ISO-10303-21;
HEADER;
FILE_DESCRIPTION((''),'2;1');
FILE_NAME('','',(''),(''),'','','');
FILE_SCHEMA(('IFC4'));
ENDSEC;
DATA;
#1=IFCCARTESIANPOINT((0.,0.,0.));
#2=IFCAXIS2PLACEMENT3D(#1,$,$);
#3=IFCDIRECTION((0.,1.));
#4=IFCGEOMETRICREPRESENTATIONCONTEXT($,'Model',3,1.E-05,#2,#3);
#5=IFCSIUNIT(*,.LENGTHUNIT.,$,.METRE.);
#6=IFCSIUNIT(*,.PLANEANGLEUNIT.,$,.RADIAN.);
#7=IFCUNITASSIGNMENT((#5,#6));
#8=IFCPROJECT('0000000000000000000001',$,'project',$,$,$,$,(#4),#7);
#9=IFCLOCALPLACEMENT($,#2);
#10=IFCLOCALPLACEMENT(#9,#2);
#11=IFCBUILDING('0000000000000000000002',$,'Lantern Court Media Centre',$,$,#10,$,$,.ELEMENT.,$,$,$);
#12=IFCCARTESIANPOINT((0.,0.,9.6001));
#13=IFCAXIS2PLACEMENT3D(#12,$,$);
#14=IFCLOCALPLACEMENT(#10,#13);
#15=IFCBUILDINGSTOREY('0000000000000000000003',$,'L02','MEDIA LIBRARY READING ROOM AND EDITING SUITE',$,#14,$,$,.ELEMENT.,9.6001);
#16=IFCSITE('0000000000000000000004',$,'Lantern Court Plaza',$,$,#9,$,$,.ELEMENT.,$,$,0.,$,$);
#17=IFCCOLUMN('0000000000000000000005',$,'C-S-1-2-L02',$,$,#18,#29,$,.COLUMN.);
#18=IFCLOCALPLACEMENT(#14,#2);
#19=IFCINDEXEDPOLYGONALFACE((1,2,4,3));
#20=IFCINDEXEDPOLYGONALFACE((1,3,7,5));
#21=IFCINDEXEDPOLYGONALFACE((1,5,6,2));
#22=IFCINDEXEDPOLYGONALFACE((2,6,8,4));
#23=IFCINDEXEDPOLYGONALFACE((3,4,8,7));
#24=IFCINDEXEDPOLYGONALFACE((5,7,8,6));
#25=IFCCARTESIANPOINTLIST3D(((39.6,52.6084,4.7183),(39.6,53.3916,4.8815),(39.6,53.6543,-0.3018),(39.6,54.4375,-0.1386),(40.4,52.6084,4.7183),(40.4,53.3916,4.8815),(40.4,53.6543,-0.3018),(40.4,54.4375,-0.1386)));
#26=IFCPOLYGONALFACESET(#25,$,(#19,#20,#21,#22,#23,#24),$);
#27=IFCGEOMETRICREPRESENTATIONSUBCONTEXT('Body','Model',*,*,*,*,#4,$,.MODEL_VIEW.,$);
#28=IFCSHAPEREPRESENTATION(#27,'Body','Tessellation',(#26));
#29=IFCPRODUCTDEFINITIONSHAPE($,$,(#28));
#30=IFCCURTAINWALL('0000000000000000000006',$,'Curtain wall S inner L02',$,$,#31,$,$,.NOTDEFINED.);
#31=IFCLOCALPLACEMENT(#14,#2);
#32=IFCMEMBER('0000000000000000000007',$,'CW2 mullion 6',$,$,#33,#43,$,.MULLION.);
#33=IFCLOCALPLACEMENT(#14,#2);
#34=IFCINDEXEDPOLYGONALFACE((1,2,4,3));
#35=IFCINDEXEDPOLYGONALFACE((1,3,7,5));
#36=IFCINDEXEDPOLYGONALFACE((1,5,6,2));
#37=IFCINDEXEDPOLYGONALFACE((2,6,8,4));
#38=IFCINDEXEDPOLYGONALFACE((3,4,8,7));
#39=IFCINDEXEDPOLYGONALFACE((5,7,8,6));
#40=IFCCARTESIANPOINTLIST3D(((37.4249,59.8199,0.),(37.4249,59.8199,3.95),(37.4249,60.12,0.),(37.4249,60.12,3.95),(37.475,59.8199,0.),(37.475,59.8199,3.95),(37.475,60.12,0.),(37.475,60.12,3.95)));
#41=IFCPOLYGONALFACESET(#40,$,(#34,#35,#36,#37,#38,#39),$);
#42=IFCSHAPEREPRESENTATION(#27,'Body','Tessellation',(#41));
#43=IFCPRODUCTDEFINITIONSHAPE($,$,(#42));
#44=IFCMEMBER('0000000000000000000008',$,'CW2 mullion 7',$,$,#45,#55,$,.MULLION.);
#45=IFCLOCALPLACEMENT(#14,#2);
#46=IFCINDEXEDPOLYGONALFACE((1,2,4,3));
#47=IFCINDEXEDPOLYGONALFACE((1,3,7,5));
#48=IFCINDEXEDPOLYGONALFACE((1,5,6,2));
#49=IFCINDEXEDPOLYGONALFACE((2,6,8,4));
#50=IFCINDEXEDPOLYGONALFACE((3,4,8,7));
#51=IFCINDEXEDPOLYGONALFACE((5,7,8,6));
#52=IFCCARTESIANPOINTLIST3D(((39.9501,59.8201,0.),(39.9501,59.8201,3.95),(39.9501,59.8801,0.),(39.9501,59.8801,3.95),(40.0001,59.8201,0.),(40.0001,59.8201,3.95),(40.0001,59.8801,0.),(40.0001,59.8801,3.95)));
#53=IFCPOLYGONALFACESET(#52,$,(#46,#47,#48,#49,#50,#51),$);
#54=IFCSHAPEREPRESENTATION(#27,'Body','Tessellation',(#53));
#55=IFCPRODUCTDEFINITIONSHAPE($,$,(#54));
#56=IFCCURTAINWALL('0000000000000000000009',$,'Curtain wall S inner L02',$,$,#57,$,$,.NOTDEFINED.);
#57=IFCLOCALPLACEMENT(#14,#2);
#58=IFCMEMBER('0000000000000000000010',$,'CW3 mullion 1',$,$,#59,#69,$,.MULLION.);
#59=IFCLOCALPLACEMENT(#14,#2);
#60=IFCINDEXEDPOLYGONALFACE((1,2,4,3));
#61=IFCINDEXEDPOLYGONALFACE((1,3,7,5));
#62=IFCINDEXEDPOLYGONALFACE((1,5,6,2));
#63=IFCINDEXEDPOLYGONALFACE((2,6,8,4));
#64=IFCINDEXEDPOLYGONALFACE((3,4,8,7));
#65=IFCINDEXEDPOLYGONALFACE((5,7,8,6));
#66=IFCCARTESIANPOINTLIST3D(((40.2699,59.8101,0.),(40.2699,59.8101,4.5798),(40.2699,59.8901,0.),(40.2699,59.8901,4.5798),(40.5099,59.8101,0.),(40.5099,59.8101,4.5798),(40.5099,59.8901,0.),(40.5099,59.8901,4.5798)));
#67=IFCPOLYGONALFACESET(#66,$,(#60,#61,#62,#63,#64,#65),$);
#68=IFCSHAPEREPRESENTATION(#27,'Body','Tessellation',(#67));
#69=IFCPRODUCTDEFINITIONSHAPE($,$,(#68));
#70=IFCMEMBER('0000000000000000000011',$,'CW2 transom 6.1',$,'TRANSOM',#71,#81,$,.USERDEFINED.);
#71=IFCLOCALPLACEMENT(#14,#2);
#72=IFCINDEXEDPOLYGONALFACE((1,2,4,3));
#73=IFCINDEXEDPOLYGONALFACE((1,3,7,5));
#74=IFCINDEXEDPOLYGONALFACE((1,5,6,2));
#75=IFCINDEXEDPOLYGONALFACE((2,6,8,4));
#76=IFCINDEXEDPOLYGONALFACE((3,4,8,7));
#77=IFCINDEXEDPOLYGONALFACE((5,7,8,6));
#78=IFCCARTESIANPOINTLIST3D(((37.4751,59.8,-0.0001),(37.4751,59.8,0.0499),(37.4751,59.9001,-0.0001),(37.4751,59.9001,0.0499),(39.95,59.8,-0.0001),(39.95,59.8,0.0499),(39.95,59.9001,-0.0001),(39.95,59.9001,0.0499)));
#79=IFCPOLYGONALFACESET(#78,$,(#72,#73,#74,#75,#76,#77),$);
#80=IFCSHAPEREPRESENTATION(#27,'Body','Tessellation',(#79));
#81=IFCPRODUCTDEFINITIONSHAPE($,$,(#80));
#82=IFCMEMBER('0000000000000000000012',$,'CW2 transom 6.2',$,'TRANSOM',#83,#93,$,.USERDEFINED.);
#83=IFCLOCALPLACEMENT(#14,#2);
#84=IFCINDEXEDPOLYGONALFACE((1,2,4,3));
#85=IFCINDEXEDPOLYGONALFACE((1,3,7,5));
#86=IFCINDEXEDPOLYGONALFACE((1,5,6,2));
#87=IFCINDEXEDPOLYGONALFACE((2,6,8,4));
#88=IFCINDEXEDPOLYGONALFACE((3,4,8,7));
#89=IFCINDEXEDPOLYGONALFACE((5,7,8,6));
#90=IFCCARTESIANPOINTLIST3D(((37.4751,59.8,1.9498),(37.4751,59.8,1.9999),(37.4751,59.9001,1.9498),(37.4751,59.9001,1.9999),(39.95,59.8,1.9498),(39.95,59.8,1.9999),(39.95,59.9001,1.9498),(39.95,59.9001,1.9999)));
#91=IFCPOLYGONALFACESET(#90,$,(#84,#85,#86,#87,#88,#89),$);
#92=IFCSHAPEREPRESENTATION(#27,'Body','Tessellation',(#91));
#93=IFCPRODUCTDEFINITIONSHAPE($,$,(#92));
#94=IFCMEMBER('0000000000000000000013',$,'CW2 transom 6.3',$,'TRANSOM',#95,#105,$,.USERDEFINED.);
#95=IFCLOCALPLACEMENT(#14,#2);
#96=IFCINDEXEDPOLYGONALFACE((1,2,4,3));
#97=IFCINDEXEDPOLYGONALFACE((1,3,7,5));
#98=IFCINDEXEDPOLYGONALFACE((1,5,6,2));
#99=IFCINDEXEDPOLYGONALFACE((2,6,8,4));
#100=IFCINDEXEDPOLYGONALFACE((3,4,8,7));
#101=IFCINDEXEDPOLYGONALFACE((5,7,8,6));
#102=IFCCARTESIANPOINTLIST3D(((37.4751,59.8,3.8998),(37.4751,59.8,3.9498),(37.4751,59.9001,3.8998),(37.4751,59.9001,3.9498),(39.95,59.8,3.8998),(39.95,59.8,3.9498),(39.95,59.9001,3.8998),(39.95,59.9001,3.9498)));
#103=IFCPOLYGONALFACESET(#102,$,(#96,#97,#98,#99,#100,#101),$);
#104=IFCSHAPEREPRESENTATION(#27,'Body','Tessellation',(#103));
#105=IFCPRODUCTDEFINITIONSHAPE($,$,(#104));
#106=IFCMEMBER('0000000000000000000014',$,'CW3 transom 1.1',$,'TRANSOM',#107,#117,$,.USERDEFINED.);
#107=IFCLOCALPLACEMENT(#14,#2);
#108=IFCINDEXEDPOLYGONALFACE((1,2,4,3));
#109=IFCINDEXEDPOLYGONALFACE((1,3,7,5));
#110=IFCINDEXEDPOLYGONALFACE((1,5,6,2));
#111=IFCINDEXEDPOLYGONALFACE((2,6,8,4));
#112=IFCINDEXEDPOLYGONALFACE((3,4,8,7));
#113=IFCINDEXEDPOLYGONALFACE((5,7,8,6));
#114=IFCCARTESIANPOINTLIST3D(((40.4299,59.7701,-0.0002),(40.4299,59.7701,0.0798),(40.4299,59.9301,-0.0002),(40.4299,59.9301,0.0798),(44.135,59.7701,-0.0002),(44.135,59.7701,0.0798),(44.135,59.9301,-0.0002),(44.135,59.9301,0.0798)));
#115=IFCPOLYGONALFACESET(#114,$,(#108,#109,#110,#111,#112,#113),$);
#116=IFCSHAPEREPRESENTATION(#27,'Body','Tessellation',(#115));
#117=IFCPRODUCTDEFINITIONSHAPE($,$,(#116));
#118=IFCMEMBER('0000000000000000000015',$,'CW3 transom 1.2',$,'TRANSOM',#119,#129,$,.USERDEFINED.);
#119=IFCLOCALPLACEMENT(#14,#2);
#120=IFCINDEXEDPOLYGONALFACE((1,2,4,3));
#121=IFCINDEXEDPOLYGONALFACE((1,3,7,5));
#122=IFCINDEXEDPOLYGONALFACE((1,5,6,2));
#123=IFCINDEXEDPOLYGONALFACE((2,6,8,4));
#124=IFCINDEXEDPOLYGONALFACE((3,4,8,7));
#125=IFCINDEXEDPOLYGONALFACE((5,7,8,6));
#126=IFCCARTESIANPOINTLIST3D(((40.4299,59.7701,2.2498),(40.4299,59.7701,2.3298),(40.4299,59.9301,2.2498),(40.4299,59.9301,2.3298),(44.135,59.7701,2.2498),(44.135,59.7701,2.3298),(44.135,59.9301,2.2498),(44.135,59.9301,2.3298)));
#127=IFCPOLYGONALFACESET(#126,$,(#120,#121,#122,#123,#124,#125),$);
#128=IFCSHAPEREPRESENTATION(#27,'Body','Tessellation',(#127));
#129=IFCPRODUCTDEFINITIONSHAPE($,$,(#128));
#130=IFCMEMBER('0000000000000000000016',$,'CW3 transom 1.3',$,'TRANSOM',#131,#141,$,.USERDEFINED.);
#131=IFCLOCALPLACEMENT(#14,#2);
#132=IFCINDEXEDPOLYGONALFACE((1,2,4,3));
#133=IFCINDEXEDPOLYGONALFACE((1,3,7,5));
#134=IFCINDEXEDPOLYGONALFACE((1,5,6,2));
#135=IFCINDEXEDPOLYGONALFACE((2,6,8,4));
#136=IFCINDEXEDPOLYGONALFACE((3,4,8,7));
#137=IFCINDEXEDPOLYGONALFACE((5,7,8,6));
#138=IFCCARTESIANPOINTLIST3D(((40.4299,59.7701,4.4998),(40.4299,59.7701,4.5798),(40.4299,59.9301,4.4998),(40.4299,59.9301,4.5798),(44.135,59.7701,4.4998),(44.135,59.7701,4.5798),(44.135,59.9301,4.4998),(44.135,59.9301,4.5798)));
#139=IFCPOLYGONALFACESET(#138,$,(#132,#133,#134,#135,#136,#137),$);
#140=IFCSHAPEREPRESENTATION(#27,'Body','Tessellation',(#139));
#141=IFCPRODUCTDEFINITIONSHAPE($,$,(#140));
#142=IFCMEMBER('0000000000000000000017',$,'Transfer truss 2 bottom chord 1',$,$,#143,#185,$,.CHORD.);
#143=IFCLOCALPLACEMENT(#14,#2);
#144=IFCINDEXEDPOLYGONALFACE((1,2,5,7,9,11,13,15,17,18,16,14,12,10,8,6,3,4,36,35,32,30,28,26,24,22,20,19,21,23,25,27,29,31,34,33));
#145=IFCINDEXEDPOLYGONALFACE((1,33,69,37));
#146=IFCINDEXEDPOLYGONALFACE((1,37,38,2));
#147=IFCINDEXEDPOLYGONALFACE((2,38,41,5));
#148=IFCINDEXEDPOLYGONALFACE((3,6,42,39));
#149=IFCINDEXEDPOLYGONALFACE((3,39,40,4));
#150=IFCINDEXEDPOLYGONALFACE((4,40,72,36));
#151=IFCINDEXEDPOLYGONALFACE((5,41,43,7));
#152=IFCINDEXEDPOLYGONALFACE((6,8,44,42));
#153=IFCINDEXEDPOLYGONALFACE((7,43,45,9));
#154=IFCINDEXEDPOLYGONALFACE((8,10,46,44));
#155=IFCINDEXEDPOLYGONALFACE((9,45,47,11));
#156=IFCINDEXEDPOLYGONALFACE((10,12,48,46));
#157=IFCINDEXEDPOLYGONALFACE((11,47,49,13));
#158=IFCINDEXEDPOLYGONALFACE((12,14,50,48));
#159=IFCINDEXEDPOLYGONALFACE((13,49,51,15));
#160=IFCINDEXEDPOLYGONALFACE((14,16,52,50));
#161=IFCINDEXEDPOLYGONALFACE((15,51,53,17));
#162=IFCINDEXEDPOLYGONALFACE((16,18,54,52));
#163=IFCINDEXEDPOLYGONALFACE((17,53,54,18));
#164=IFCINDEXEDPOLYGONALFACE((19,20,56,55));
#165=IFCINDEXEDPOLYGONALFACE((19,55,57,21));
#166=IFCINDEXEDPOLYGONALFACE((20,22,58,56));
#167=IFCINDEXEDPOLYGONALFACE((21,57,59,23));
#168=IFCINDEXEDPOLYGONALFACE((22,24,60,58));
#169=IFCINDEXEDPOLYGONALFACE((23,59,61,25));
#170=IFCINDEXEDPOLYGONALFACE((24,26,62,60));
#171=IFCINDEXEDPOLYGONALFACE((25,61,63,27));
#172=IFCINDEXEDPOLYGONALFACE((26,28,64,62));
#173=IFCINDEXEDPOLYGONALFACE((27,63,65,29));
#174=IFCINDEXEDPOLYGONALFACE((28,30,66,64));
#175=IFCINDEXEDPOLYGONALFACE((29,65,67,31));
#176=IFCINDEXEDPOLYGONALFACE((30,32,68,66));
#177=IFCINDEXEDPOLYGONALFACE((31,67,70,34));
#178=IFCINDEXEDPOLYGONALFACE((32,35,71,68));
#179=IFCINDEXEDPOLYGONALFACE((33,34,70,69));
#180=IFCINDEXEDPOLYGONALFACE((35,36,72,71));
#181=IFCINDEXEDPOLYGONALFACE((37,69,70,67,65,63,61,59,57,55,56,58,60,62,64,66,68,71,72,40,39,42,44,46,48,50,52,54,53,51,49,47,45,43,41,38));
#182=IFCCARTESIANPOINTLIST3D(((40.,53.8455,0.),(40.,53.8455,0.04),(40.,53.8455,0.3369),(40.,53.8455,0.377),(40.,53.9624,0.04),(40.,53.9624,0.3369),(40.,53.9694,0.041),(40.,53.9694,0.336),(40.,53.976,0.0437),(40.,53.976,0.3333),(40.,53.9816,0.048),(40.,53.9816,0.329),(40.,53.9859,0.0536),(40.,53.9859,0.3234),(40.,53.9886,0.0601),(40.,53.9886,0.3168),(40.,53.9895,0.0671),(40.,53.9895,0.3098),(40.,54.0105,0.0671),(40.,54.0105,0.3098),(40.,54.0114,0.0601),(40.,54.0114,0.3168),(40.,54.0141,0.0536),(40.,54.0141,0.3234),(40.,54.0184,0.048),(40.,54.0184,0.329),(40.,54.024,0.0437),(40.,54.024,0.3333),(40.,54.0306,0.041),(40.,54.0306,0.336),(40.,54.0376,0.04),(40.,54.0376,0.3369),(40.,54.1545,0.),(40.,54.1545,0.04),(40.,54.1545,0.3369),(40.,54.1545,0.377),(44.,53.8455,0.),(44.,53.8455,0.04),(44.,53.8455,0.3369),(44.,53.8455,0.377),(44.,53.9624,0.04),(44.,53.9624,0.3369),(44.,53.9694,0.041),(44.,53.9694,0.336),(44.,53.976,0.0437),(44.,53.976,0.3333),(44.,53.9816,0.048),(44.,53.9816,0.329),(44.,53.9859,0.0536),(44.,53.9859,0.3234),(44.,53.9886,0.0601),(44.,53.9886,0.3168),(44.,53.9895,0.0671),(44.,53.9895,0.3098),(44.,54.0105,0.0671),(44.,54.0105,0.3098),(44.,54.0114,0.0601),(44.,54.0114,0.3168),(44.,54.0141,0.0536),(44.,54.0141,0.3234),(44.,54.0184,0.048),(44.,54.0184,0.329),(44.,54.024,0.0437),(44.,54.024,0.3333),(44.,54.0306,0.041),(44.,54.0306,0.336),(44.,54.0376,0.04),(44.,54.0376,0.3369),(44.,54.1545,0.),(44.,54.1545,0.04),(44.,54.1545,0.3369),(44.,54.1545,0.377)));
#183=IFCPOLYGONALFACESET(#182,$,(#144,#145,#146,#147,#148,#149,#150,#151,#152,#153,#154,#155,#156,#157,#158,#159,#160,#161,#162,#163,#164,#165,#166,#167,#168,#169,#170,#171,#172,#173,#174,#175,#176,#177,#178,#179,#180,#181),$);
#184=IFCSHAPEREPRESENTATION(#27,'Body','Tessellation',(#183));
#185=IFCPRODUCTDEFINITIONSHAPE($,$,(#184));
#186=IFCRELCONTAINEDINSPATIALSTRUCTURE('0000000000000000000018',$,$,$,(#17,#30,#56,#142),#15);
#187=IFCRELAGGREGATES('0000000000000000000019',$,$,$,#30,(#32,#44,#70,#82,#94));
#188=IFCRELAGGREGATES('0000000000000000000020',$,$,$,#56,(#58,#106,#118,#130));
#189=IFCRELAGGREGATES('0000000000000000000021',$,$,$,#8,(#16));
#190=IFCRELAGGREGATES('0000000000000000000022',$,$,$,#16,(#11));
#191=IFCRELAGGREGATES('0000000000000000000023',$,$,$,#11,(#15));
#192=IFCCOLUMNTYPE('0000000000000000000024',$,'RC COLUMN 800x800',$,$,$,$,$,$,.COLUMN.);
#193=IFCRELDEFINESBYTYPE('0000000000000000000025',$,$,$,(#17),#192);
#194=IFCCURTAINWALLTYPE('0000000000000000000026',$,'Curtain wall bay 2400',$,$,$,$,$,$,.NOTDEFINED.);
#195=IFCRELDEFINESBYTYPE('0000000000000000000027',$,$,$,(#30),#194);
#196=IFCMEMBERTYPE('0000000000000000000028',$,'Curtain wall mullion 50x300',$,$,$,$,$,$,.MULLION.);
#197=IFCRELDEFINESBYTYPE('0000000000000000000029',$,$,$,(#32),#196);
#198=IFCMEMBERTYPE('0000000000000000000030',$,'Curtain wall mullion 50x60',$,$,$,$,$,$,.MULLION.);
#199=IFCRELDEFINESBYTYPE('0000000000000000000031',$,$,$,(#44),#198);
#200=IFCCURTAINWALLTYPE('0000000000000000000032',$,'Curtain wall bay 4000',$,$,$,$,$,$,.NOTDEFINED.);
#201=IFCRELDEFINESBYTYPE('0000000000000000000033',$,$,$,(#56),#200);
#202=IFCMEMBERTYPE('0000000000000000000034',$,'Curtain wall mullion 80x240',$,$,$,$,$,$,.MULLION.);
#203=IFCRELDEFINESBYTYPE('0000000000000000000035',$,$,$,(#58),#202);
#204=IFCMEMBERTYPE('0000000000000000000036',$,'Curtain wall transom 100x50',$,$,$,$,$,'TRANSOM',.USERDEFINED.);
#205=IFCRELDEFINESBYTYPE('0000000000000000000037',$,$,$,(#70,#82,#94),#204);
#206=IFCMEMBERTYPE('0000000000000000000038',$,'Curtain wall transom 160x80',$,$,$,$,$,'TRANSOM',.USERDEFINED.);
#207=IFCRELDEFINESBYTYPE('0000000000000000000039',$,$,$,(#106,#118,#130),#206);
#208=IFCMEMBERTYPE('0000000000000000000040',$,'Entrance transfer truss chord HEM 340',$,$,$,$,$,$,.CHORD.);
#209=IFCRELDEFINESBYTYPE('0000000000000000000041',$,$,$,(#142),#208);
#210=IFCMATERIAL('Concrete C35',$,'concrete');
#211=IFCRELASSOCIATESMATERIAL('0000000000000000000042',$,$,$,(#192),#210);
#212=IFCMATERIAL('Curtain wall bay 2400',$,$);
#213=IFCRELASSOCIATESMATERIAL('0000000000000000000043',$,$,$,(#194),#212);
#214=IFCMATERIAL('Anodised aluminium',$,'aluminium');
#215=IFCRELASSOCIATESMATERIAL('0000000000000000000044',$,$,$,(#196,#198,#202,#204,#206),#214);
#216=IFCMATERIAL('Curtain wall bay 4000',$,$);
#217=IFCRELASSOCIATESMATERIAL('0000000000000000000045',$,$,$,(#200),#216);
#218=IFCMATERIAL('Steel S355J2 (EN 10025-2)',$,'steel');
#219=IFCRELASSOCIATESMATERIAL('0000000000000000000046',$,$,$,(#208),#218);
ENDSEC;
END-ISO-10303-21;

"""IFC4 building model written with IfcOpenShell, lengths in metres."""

from ifc_helpers import new_model, si_unit, direction, frame, origin, origin_2d, place, context, subcontext, project, spatial, rectangle, i_section, extrude, material, material_profile, profile_set, type_object, element, aggregate, save


model = new_model("IFC4")

# Units and contexts
model_context = context("Model", 3, precision=1e-05, world=origin(), true_north=direction((0.0, 1.0)))
body_context = subcontext(model_context, "Body", "Model", "MODEL_VIEW")
ifc_project = project(units=[si_unit("LENGTHUNIT", "METRE"), si_unit("PLANEANGLEUNIT", "RADIAN")], contexts=[model_context])

# Site, building, storey
site_placement = place(None, origin())
site = spatial("IfcSite", under=ifc_project, at=site_placement, Name="Lantern Court Plaza", CompositionType="ELEMENT", RefElevation=0.0)
building_placement = place(site_placement, origin())
building = spatial("IfcBuilding", under=site, at=building_placement, Name="Lantern Court Media Centre", CompositionType="ELEMENT")
storey_placement = place(building_placement, frame((0.0, 0.0, 9.6001)))
storey = spatial("IfcBuildingStorey", under=building, at=storey_placement, Name="L02", Description="MEDIA LIBRARY READING ROOM AND EDITING SUITE", CompositionType="ELEMENT", Elevation=9.6001)

# Column
ifc_material_1 = material(Name="Concrete C35", Category="concrete")
ifc_material_profile_1 = material_profile(ifc_material_1, rectangle(XDim=0.8, YDim=0.8, at=origin_2d()), Name="RC 800x800")
ifc_profile_set_1 = profile_set([ifc_material_profile_1], Name="Concrete C35")
column_type = type_object("IfcColumnType", Name="RC COLUMN 800x800", PredefinedType="COLUMN", material=ifc_profile_set_1)
column_placement = place(storey_placement, frame((40.0, 54.0459, -0.2202), z_axis=(0.0, -0.203966, 0.978978), x_axis=(1.0, 0.0, 0.0)))
element("IfcColumn", 1, at=column_placement, inside=storey, type_object=column_type, Name="C-S-1-2-L02", PredefinedType="COLUMN", context=body_context, shape_type="SweptSolid", body=[
    extrude(rectangle(XDim=0.8, YDim=0.8, at=origin_2d()), origin(), (0.0, 0.0, 1.0), 5.1279),
])

# Curtain wall, members
ifc_material_2 = material(Name="Curtain wall bay 2400")
curtain_wall_type_1 = type_object("IfcCurtainWallType", Name="Curtain wall bay 2400", PredefinedType="NOTDEFINED", material=ifc_material_2)
curtain_wall_1_placement = place(storey_placement, origin())
curtain_wall_1 = element("IfcCurtainWall", 2, at=curtain_wall_1_placement, inside=storey, type_object=curtain_wall_type_1, Name="Curtain wall S inner L02", PredefinedType="NOTDEFINED")
ifc_material_3 = material(Name="Anodised aluminium", Category="aluminium")
ifc_material_profile_2 = material_profile(ifc_material_3, rectangle(XDim=0.3, YDim=0.05, at=origin_2d()), Name="AL 50x300")
ifc_profile_set_2 = profile_set([ifc_material_profile_2], Name="Anodised aluminium")
member_type_1 = type_object("IfcMemberType", Name="Curtain wall mullion 50x300", PredefinedType="MULLION", material=ifc_profile_set_2)
member_1_placement = place(storey_placement, frame((37.45, 59.97, 0.0), z_axis=(0.0, 0.0, 1.0), x_axis=(0.0, 1.0, 0.0)))
member_1 = element("IfcMember", 3, at=member_1_placement, type_object=member_type_1, Name="CW2 mullion 6", PredefinedType="MULLION", context=body_context, shape_type="SweptSolid", body=[
    extrude(rectangle(XDim=0.3, YDim=0.05, at=origin_2d()), origin(), (0.0, 0.0, 1.0), 3.95),
])
ifc_material_profile_3 = material_profile(ifc_material_3, rectangle(XDim=0.0601, YDim=0.05, at=origin_2d()), Name="AL 50x60")
ifc_profile_set_3 = profile_set([ifc_material_profile_3], Name="Anodised aluminium")
member_type_2 = type_object("IfcMemberType", Name="Curtain wall mullion 50x60", PredefinedType="MULLION", material=ifc_profile_set_3)
member_2_placement = place(storey_placement, frame((39.9751, 59.8501, 0.0), z_axis=(0.0, 0.0, 1.0), x_axis=(0.0, 1.0, 0.0)))
member_2 = element("IfcMember", 4, at=member_2_placement, type_object=member_type_2, Name="CW2 mullion 7", PredefinedType="MULLION", context=body_context, shape_type="SweptSolid", body=[
    extrude(rectangle(XDim=0.0601, YDim=0.05, at=origin_2d()), origin(), (0.0, 0.0, 1.0), 3.95),
])

# Curtain wall, member
ifc_material_4 = material(Name="Curtain wall bay 4000")
curtain_wall_type_2 = type_object("IfcCurtainWallType", Name="Curtain wall bay 4000", PredefinedType="NOTDEFINED", material=ifc_material_4)
curtain_wall_2_placement = place(storey_placement, origin())
curtain_wall_2 = element("IfcCurtainWall", 5, at=curtain_wall_2_placement, inside=storey, type_object=curtain_wall_type_2, Name="Curtain wall S inner L02", PredefinedType="NOTDEFINED")
ifc_material_profile_4 = material_profile(ifc_material_3, rectangle(XDim=0.0801, YDim=0.24, at=origin_2d()), Name="AL 80x240")
ifc_profile_set_4 = profile_set([ifc_material_profile_4], Name="Anodised aluminium")
member_type_3 = type_object("IfcMemberType", Name="Curtain wall mullion 80x240", PredefinedType="MULLION", material=ifc_profile_set_4)
member_3_placement = place(storey_placement, frame((40.3899, 59.8501, 0.0), z_axis=(0.0, 0.0, 1.0), x_axis=(0.0, 1.0, 0.0)))
member_3 = element("IfcMember", 6, at=member_3_placement, type_object=member_type_3, Name="CW3 mullion 1", PredefinedType="MULLION", context=body_context, shape_type="SweptSolid", body=[
    extrude(rectangle(XDim=0.0801, YDim=0.24, at=origin_2d()), origin(), (0.0, 0.0, 1.0), 4.5798),
])

# Members
ifc_material_profile_5 = material_profile(ifc_material_3, rectangle(XDim=0.1001, YDim=0.05, at=origin_2d()), Name="AL 50x100")
ifc_profile_set_5 = profile_set([ifc_material_profile_5], Name="Anodised aluminium")
member_type_4 = type_object("IfcMemberType", Name="Curtain wall transom 100x50", ElementType="TRANSOM", PredefinedType="USERDEFINED", material=ifc_profile_set_5)
member_4_placement = place(storey_placement, frame((37.4751, 59.8501, 0.0249), z_axis=(1.0, 0.0, 0.0), x_axis=(0.0, 1.0, 0.0)))
member_4 = element("IfcMember", 7, at=member_4_placement, type_object=member_type_4, Name="CW2 transom 6.1", ObjectType="TRANSOM", PredefinedType="USERDEFINED", context=body_context, shape_type="SweptSolid", body=[
    extrude(rectangle(XDim=0.1001, YDim=0.05, at=origin_2d()), origin(), (0.0, 0.0, 1.0), 2.4749),
])
member_5_placement = place(storey_placement, frame((37.4751, 59.8501, 1.9749), z_axis=(1.0, 0.0, 0.0), x_axis=(0.0, 1.0, 0.0)))
member_5 = element("IfcMember", 8, at=member_5_placement, type_object=member_type_4, Name="CW2 transom 6.2", ObjectType="TRANSOM", PredefinedType="USERDEFINED", context=body_context, shape_type="SweptSolid", body=[
    extrude(rectangle(XDim=0.1001, YDim=0.05, at=origin_2d()), origin(), (0.0, 0.0, 1.0), 2.4749),
])
member_6_placement = place(storey_placement, frame((37.4751, 59.8501, 3.9248), z_axis=(1.0, 0.0, 0.0), x_axis=(0.0, 1.0, 0.0)))
member_6 = element("IfcMember", 9, at=member_6_placement, type_object=member_type_4, Name="CW2 transom 6.3", ObjectType="TRANSOM", PredefinedType="USERDEFINED", context=body_context, shape_type="SweptSolid", body=[
    extrude(rectangle(XDim=0.1001, YDim=0.05, at=origin_2d()), origin(), (0.0, 0.0, 1.0), 2.4749),
])
ifc_material_profile_6 = material_profile(ifc_material_3, rectangle(XDim=0.1599, YDim=0.0801, at=origin_2d()), Name="AL 80x160")
ifc_profile_set_6 = profile_set([ifc_material_profile_6], Name="Anodised aluminium")
member_type_5 = type_object("IfcMemberType", Name="Curtain wall transom 160x80", ElementType="TRANSOM", PredefinedType="USERDEFINED", material=ifc_profile_set_6)
member_7_placement = place(storey_placement, frame((40.4299, 59.8501, 0.0398), z_axis=(1.0, 0.0, 0.0), x_axis=(0.0, 1.0, 0.0)))
member_7 = element("IfcMember", 10, at=member_7_placement, type_object=member_type_5, Name="CW3 transom 1.1", ObjectType="TRANSOM", PredefinedType="USERDEFINED", context=body_context, shape_type="SweptSolid", body=[
    extrude(rectangle(XDim=0.1599, YDim=0.0801, at=origin_2d()), origin(), (0.0, 0.0, 1.0), 3.7051),
])
member_8_placement = place(storey_placement, frame((40.4299, 59.8501, 2.2898), z_axis=(1.0, 0.0, 0.0), x_axis=(0.0, 1.0, 0.0)))
member_8 = element("IfcMember", 11, at=member_8_placement, type_object=member_type_5, Name="CW3 transom 1.2", ObjectType="TRANSOM", PredefinedType="USERDEFINED", context=body_context, shape_type="SweptSolid", body=[
    extrude(rectangle(XDim=0.1599, YDim=0.0801, at=origin_2d()), origin(), (0.0, 0.0, 1.0), 3.7051),
])
member_9_placement = place(storey_placement, frame((40.4299, 59.8501, 4.5398), z_axis=(1.0, 0.0, 0.0), x_axis=(0.0, 1.0, 0.0)))
member_9 = element("IfcMember", 12, at=member_9_placement, type_object=member_type_5, Name="CW3 transom 1.3", ObjectType="TRANSOM", PredefinedType="USERDEFINED", context=body_context, shape_type="SweptSolid", body=[
    extrude(rectangle(XDim=0.1599, YDim=0.0801, at=origin_2d()), origin(), (0.0, 0.0, 1.0), 3.7051),
])

# Member
ifc_material_5 = material(Name="Steel S355J2 (EN 10025-2)", Category="steel")
ifc_material_profile_7 = material_profile(ifc_material_5, i_section(OverallWidth=0.3091, OverallDepth=0.377, WebThickness=0.021, FlangeThickness=0.04, FilletRadius=0.0271, at=origin_2d()), Name="HEM 340")
ifc_profile_set_7 = profile_set([ifc_material_profile_7], Name="Steel S355J2 (EN 10025-2)")
member_type_6 = type_object("IfcMemberType", Name="Entrance transfer truss chord HEM 340", PredefinedType="CHORD", material=ifc_profile_set_7)
for number, where, z_axis, x_axis, name in (
    (13, (40.0, 54.0, 0.1885), (1.0, 0.0, 0.0), (0.0, 1.0, 0.0), "Transfer truss 2 bottom chord 1"),
):
    element("IfcMember", number, at=place(storey_placement, frame(where, z_axis=z_axis, x_axis=x_axis)), inside=storey, type_object=member_type_6, Name=name, PredefinedType="CHORD", context=body_context, shape_type="SweptSolid", body=[
        extrude(i_section(OverallWidth=0.3091, OverallDepth=0.377, WebThickness=0.021, FlangeThickness=0.04, FilletRadius=0.0271, at=origin_2d()), origin(), (0.0, 0.0, 1.0), 4.0),
    ])

aggregate(curtain_wall_1, [member_1, member_2, member_4, member_5, member_6])
aggregate(curtain_wall_2, [member_3, member_7, member_8, member_9])

save(model, "model.ifc")
